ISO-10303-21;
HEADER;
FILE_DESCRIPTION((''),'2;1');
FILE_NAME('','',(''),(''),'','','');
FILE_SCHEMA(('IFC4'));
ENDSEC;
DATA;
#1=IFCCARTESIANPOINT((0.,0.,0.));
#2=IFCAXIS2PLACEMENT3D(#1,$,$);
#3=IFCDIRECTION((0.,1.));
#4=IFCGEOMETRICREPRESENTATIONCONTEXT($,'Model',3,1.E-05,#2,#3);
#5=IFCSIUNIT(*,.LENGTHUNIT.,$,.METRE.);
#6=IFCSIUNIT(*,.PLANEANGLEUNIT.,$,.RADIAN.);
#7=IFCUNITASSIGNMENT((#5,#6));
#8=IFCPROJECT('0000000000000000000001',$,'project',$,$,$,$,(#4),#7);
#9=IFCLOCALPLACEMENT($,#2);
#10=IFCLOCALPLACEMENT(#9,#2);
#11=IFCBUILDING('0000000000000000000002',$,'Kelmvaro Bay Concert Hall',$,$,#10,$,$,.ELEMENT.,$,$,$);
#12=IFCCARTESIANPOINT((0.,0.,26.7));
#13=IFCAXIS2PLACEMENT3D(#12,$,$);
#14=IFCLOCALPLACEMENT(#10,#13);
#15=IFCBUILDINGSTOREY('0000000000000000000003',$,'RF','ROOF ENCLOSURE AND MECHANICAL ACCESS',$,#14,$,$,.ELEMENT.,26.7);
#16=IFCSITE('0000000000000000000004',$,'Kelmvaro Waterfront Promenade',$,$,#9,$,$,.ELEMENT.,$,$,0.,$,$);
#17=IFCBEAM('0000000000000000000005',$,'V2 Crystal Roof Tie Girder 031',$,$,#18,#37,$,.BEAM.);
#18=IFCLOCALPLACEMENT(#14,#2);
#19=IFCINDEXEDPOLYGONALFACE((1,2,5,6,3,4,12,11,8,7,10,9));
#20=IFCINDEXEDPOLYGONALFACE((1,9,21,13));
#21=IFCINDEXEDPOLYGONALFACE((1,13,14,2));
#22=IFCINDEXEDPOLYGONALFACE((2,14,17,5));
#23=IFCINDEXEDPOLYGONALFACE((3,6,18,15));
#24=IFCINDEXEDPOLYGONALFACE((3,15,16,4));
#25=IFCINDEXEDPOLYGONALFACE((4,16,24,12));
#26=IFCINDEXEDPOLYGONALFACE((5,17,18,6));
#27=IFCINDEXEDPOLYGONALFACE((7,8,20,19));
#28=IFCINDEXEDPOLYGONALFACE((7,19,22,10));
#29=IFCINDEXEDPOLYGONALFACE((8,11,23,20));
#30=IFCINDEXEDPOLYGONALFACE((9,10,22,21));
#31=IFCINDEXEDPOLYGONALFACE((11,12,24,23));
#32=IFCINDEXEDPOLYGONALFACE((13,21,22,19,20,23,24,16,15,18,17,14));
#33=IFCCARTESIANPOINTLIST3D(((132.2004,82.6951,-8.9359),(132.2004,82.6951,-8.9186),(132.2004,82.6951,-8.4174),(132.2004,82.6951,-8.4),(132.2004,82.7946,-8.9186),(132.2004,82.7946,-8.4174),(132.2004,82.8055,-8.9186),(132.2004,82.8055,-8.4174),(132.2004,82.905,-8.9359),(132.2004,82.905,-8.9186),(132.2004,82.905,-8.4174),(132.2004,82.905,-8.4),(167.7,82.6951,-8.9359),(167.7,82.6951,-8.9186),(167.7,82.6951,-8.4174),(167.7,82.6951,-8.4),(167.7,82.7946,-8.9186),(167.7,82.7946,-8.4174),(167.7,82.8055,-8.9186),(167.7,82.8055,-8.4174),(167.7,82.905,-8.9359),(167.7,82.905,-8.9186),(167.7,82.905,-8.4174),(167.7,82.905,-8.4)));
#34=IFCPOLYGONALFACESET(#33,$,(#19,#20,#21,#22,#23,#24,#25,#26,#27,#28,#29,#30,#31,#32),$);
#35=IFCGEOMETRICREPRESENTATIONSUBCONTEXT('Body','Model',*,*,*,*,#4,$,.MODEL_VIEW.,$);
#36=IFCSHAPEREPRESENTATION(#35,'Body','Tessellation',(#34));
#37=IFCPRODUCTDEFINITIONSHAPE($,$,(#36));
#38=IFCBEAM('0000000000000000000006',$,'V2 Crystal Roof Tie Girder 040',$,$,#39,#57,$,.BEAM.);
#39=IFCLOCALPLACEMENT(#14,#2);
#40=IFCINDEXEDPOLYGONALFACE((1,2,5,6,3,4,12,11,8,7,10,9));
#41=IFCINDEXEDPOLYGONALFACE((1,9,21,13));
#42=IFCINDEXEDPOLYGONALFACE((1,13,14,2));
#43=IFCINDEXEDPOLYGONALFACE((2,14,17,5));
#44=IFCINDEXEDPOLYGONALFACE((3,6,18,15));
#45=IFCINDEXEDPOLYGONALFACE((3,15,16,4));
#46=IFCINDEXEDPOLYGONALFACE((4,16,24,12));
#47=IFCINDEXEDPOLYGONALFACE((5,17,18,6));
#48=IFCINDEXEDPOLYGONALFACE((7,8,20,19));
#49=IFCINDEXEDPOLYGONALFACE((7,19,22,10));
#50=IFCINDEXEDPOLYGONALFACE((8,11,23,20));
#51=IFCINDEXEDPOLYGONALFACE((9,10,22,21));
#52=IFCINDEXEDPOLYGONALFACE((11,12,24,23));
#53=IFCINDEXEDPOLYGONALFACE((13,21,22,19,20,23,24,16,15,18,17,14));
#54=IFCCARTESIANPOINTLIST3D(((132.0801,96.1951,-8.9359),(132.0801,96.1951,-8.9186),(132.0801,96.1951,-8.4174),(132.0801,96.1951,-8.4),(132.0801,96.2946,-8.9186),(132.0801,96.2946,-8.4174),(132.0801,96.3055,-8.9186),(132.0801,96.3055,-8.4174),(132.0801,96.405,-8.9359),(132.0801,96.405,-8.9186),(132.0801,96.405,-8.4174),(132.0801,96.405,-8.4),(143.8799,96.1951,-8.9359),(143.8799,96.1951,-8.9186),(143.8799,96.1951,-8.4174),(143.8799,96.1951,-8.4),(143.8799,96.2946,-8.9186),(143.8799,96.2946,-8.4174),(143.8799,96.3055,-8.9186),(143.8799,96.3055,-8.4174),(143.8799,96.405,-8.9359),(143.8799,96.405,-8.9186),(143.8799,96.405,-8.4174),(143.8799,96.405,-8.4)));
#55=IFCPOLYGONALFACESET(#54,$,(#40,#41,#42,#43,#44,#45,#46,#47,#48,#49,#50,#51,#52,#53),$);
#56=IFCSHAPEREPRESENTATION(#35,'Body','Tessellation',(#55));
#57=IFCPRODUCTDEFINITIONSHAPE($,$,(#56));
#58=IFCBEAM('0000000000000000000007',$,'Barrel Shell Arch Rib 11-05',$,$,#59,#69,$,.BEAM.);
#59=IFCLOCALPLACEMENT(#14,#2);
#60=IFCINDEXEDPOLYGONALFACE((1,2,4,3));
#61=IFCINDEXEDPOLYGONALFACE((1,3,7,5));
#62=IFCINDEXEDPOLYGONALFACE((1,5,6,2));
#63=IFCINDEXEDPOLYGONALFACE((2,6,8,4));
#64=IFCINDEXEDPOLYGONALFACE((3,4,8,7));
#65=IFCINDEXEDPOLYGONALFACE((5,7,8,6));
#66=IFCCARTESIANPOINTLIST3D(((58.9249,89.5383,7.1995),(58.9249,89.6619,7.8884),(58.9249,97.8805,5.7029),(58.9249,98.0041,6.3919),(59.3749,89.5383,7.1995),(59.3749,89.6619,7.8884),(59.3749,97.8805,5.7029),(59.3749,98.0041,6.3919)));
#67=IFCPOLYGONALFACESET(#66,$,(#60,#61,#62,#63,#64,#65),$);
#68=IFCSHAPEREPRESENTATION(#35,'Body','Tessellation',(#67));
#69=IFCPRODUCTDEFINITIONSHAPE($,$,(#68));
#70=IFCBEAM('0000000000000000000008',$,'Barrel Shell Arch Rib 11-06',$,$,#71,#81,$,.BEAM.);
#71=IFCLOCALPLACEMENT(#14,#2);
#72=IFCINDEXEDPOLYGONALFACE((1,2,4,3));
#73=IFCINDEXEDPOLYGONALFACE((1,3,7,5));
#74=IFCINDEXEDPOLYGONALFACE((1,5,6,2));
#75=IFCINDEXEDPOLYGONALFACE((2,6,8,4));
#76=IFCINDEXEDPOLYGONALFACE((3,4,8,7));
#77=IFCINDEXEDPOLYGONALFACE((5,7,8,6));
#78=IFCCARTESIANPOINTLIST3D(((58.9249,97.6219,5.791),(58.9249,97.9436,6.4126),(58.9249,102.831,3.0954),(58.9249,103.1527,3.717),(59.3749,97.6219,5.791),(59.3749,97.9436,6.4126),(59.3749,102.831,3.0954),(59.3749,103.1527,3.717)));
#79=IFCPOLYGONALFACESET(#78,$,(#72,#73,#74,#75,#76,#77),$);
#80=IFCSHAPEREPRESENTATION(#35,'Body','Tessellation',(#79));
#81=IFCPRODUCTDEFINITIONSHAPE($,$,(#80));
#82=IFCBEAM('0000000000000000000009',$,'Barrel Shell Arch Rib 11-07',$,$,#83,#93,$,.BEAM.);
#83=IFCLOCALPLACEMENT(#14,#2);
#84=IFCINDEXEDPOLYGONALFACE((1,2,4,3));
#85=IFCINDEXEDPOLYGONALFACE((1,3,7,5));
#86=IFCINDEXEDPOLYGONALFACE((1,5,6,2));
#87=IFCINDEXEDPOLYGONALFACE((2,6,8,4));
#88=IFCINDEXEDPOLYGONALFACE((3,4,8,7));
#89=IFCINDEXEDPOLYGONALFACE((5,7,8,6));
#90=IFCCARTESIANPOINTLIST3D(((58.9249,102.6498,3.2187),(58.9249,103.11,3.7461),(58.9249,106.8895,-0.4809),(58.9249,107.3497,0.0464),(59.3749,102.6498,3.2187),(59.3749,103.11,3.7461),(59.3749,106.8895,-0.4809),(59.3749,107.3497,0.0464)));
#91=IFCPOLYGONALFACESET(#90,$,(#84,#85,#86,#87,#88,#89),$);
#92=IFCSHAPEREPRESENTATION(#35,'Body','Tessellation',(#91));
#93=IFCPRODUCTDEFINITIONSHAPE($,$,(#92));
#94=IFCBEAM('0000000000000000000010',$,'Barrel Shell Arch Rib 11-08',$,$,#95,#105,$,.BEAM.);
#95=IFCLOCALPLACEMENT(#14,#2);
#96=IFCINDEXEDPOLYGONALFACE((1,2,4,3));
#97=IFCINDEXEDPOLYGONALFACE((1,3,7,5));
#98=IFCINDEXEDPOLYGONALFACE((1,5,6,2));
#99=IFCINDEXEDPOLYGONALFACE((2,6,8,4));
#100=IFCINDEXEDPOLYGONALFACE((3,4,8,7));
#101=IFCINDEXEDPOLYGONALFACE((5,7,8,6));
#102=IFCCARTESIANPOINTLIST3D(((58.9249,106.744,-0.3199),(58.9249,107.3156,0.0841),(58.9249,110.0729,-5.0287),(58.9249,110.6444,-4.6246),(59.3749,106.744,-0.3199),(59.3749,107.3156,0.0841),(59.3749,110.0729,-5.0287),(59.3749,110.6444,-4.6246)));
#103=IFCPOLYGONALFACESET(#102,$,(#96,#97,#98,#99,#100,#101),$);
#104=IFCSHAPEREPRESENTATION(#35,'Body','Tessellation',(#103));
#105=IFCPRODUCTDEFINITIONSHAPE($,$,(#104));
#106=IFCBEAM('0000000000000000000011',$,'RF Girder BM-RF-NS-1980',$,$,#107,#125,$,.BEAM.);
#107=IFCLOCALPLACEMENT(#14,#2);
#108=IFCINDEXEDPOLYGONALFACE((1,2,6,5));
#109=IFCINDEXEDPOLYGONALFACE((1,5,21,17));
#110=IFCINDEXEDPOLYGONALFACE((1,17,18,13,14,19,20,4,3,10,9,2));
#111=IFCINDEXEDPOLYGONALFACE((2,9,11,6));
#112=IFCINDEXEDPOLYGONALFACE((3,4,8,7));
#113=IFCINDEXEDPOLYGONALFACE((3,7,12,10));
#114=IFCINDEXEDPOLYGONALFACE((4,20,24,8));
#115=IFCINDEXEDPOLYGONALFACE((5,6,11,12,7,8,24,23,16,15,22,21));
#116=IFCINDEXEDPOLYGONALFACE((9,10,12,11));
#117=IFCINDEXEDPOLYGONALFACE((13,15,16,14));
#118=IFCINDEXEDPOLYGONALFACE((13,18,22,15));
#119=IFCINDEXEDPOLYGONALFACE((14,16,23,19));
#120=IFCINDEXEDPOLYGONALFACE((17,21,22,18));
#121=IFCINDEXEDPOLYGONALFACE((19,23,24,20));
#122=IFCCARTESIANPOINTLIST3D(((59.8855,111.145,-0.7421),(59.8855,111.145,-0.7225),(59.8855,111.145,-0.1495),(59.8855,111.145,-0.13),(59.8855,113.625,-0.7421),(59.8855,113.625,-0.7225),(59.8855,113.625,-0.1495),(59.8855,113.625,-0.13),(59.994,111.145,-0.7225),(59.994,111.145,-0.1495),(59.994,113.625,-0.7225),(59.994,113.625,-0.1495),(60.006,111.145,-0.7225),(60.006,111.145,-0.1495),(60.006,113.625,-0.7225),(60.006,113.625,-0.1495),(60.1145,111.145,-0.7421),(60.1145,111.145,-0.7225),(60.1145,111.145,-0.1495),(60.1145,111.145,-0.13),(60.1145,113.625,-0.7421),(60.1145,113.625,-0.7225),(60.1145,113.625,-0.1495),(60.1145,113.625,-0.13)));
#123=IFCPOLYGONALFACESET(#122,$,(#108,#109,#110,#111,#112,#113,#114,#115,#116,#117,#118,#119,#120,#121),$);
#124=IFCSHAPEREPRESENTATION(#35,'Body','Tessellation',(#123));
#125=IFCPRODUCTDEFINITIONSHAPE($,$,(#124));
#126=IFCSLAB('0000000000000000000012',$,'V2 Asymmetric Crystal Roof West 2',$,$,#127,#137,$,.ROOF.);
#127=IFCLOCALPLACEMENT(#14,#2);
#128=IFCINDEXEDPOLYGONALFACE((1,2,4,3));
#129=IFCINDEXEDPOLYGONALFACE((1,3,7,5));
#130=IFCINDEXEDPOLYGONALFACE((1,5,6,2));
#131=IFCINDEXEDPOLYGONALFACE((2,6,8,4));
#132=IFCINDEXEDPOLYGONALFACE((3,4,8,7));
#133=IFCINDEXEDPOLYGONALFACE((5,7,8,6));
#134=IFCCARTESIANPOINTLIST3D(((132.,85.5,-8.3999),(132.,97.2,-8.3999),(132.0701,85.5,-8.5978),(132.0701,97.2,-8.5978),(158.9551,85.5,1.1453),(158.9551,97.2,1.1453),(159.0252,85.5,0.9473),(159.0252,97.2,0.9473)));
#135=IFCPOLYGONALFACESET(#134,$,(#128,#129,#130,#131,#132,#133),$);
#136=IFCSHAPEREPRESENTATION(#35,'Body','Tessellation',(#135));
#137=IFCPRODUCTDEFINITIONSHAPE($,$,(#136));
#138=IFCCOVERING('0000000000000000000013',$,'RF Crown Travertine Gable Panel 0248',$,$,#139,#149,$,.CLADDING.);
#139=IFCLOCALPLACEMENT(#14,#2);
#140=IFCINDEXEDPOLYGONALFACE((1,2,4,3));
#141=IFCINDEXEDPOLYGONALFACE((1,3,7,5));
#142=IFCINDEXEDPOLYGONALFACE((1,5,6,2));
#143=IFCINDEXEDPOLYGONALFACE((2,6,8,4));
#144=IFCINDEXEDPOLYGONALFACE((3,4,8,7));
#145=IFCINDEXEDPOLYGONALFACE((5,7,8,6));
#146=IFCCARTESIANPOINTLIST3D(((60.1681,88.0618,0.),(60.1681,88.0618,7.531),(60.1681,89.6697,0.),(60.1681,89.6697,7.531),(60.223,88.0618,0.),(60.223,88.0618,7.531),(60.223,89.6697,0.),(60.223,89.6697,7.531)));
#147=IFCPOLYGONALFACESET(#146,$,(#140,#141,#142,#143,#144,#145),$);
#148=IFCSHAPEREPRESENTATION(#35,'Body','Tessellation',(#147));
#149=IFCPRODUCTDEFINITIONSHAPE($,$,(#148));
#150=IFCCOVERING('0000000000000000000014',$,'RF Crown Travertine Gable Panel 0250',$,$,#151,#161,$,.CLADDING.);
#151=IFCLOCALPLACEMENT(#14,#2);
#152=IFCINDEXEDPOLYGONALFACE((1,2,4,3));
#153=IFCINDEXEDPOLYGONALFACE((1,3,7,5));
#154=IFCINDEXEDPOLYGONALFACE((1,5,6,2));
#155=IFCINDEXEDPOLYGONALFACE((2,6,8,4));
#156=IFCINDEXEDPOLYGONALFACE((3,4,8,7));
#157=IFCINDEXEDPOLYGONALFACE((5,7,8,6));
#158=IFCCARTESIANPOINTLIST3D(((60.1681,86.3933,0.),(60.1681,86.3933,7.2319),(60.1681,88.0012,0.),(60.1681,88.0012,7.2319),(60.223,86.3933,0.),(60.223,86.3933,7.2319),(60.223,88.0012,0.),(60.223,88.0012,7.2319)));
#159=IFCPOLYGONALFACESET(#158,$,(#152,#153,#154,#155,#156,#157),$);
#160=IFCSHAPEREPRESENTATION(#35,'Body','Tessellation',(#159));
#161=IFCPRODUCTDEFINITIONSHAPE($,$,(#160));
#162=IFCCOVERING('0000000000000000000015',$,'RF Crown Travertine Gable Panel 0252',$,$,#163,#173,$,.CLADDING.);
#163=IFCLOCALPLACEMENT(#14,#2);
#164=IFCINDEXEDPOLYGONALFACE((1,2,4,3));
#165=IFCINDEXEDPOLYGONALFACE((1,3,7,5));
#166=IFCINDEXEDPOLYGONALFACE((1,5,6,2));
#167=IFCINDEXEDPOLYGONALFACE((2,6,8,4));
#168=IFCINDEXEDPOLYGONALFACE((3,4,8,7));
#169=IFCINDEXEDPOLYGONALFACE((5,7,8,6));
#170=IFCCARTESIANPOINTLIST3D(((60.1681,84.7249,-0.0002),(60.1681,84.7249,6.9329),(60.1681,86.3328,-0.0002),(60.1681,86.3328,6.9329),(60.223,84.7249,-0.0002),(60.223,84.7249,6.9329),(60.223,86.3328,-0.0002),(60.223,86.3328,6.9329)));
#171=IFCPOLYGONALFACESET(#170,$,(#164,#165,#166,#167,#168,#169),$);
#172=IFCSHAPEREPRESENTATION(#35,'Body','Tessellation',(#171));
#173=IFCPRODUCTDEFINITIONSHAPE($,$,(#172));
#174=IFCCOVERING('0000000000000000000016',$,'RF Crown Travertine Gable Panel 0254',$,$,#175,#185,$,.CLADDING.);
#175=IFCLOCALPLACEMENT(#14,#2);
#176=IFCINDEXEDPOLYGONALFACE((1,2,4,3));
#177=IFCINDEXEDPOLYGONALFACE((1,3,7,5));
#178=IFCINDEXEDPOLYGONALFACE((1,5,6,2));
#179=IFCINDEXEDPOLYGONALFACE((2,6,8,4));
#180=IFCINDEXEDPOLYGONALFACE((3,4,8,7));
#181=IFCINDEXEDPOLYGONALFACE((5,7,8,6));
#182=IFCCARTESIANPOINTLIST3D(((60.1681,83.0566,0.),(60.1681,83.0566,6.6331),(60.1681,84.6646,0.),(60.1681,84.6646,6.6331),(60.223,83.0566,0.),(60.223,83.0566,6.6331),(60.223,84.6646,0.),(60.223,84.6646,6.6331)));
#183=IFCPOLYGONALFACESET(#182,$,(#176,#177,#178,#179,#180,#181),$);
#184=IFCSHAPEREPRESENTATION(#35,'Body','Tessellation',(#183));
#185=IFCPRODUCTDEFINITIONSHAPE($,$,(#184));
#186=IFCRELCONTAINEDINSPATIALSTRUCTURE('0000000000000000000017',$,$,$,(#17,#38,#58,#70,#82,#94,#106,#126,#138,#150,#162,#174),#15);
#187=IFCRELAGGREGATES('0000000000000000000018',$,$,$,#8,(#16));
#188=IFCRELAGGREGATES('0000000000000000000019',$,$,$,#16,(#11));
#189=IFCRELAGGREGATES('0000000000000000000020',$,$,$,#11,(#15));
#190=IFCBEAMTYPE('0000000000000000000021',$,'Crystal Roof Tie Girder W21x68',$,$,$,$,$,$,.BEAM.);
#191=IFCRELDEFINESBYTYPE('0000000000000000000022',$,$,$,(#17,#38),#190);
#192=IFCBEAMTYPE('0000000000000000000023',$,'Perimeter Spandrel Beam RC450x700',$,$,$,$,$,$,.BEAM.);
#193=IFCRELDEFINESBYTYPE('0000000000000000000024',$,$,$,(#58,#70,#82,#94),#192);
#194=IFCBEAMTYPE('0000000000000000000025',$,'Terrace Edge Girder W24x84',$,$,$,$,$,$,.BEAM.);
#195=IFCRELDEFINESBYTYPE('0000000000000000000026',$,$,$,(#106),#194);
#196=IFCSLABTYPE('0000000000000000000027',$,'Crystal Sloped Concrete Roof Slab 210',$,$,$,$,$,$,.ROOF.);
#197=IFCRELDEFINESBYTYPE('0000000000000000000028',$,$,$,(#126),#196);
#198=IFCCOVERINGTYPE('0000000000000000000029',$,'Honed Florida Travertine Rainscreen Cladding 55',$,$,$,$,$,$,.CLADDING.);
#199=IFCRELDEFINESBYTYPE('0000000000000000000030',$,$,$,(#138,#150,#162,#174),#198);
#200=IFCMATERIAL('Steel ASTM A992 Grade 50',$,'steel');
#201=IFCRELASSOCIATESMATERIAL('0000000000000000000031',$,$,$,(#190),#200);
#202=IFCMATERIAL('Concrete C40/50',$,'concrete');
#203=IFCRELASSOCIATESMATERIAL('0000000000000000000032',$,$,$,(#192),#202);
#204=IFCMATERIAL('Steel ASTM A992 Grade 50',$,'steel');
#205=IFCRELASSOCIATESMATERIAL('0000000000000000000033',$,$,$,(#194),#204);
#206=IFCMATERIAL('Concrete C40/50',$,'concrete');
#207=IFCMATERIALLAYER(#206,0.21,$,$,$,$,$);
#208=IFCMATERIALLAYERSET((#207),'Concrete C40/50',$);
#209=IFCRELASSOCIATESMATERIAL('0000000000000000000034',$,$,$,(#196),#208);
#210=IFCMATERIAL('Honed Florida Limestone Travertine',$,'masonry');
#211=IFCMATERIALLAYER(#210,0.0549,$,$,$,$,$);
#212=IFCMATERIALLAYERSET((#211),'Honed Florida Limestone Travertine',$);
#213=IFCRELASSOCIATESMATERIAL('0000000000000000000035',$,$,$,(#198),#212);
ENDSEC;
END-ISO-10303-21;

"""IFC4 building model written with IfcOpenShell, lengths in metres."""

from ifc_helpers import new_model, si_unit, direction, frame, origin, origin_2d, place, context, subcontext, project, spatial, polyline, rectangle, i_section, outline, extrude, material, layer, layer_set, material_profile, profile_set, type_object, element, save


model = new_model("IFC4")

# Units and contexts
model_context = context("Model", 3, precision=1e-05, world=origin(), true_north=direction((0.0, 1.0)))
body_context = subcontext(model_context, "Body", "Model", "MODEL_VIEW")
ifc_project = project(units=[si_unit("LENGTHUNIT", "METRE"), si_unit("PLANEANGLEUNIT", "RADIAN")], contexts=[model_context])

# Site, building, storey
site_placement = place(None, origin())
site = spatial("IfcSite", under=ifc_project, at=site_placement, Name="Kelmvaro Waterfront Promenade", CompositionType="ELEMENT", RefElevation=0.0)
building_placement = place(site_placement, origin())
building = spatial("IfcBuilding", under=site, at=building_placement, Name="Kelmvaro Bay Concert Hall", CompositionType="ELEMENT")
storey_placement = place(building_placement, frame((0.0, 0.0, 26.7)))
storey = spatial("IfcBuildingStorey", under=building, at=storey_placement, Name="RF", Description="ROOF ENCLOSURE AND MECHANICAL ACCESS", CompositionType="ELEMENT", Elevation=26.7)

# Beams
ifc_material_1 = material(Name="Steel ASTM A992 Grade 50", Category="steel")
ifc_material_profile_1 = material_profile(ifc_material_1, i_section(OverallWidth=0.21, OverallDepth=0.5359, WebThickness=0.011, FlangeThickness=0.0173, at=origin_2d()), Name="W21X68")
ifc_profile_set_1 = profile_set([ifc_material_profile_1], Name="Steel ASTM A992 Grade 50")
beam_type_1 = type_object("IfcBeamType", Name="Crystal Roof Tie Girder W21x68", PredefinedType="BEAM", material=ifc_profile_set_1)
beam_1_placement = place(storey_placement, frame((132.2004, 82.8, -8.668), z_axis=(1.0, 0.0, 0.0), x_axis=(0.0, 1.0, 0.0)))
element("IfcBeam", 1, at=beam_1_placement, inside=storey, type_object=beam_type_1, Name="V2 Crystal Roof Tie Girder 031", PredefinedType="BEAM", context=body_context, shape_type="SweptSolid", body=[
    extrude(i_section(OverallWidth=0.21, OverallDepth=0.5359, WebThickness=0.011, FlangeThickness=0.0173, at=origin_2d()), origin(), (0.0, 0.0, 1.0), 35.4995),
])
beam_2_placement = place(storey_placement, frame((132.0801, 96.3, -8.668), z_axis=(1.0, 0.0, 0.0), x_axis=(0.0, 1.0, 0.0)))
element("IfcBeam", 2, at=beam_2_placement, inside=storey, type_object=beam_type_1, Name="V2 Crystal Roof Tie Girder 040", PredefinedType="BEAM", context=body_context, shape_type="SweptSolid", body=[
    extrude(i_section(OverallWidth=0.21, OverallDepth=0.5359, WebThickness=0.011, FlangeThickness=0.0173, at=origin_2d()), origin(), (0.0, 0.0, 1.0), 11.7998),
])
ifc_material_2 = material(Name="Concrete C40/50", Category="concrete")
ifc_material_profile_2 = material_profile(ifc_material_2, rectangle(XDim=0.45, YDim=0.7, at=origin_2d()), Name="RC-BM-450X700")
ifc_profile_set_2 = profile_set([ifc_material_profile_2], Name="Concrete C40/50")
beam_type_2 = type_object("IfcBeamType", Name="Perimeter Spandrel Beam RC450x700", PredefinedType="BEAM", material=ifc_profile_set_2)
beam_3_placement = place(storey_placement, frame((59.1499, 89.6001, 7.5439), z_axis=(0.0, 0.984287, -0.176578), x_axis=(-1.0, 0.0, 0.0)))
element("IfcBeam", 3, at=beam_3_placement, inside=storey, type_object=beam_type_2, Name="Barrel Shell Arch Rib 11-05", PredefinedType="BEAM", context=body_context, shape_type="SweptSolid", body=[
    extrude(rectangle(XDim=0.45, YDim=0.7, at=origin_2d()), origin(), (0.0, 0.0, 1.0), 8.4753),
])
beam_4_placement = place(storey_placement, frame((59.1499, 97.7827, 6.1018), z_axis=(0.0, 0.88813, -0.459592), x_axis=(-1.0, 0.0, 0.0)))
element("IfcBeam", 4, at=beam_4_placement, inside=storey, type_object=beam_type_2, Name="Barrel Shell Arch Rib 11-06", PredefinedType="BEAM", context=body_context, shape_type="SweptSolid", body=[
    extrude(rectangle(XDim=0.45, YDim=0.7, at=origin_2d()), origin(), (0.0, 0.0, 1.0), 5.8652),
])
beam_5_placement = place(storey_placement, frame((59.1499, 102.8799, 3.4824), z_axis=(0.0, 0.753463, -0.65749), x_axis=(-1.0, 0.0, 0.0)))
element("IfcBeam", 5, at=beam_5_placement, inside=storey, type_object=beam_type_2, Name="Barrel Shell Arch Rib 11-07", PredefinedType="BEAM", context=body_context, shape_type="SweptSolid", body=[
    extrude(rectangle(XDim=0.45, YDim=0.7, at=origin_2d()), origin(), (0.0, 0.0, 1.0), 5.627),
])
beam_6_placement = place(storey_placement, frame((59.1499, 107.0298, -0.1179), z_axis=(0.0, 0.577266, -0.816556), x_axis=(-1.0, 0.0, 0.0)))
element("IfcBeam", 6, at=beam_6_placement, inside=storey, type_object=beam_type_2, Name="Barrel Shell Arch Rib 11-08", PredefinedType="BEAM", context=body_context, shape_type="SweptSolid", body=[
    extrude(rectangle(XDim=0.45, YDim=0.7, at=origin_2d()), origin(), (0.0, 0.0, 1.0), 5.7666),
])
ifc_material_3 = material(Name="Steel ASTM A992 Grade 50", Category="steel")
ifc_material_profile_3 = material_profile(ifc_material_3, i_section(OverallWidth=0.229, OverallDepth=0.6121, WebThickness=0.012, FlangeThickness=0.0195, at=origin_2d()), Name="W24X84")
ifc_profile_set_3 = profile_set([ifc_material_profile_3], Name="Steel ASTM A992 Grade 50")
beam_type_3 = type_object("IfcBeamType", Name="Terrace Edge Girder W24x84", PredefinedType="BEAM", material=ifc_profile_set_3)
beam_7_placement = place(storey_placement, frame((60.0, 111.145, -0.436), z_axis=(0.0, 1.0, 0.0), x_axis=(-1.0, 0.0, 0.0)))
element("IfcBeam", 7, at=beam_7_placement, inside=storey, type_object=beam_type_3, Name="RF Girder BM-RF-NS-1980", PredefinedType="BEAM", context=body_context, shape_type="SweptSolid", body=[
    extrude(i_section(OverallWidth=0.229, OverallDepth=0.6121, WebThickness=0.012, FlangeThickness=0.0195, at=origin_2d()), origin(), (0.0, 0.0, 1.0), 2.48),
])

# Slab
ifc_material_4 = material(Name="Concrete C40/50", Category="concrete")
ifc_layer_1 = layer(ifc_material_4, 0.21)
ifc_layer_set_1 = layer_set([ifc_layer_1], Name="Concrete C40/50")
slab_type = type_object("IfcSlabType", Name="Crystal Sloped Concrete Roof Slab 210", PredefinedType="ROOF", material=ifc_layer_set_1)
slab_placement = place(storey_placement, frame((132.0, 85.5, -8.3999), z_axis=(-0.333803, 0.0, 0.942643), x_axis=(0.942643, 0.0, 0.333803)))
element("IfcSlab", 8, at=slab_placement, inside=storey, type_object=slab_type, Name="V2 Asymmetric Crystal Roof West 2", PredefinedType="ROOF", context=body_context, shape_type="SweptSolid", body=[
    extrude(outline(polyline([(0.0, 0.0), (28.5952, 0.0), (28.5952, 11.7), (0.0, 11.7), (0.0, 0.0)])), origin(), (0.0, 0.0, -1.0), 0.21),
])

# Coverings
ifc_material_5 = material(Name="Honed Florida Limestone Travertine", Category="masonry")
ifc_layer_2 = layer(ifc_material_5, 0.0549)
ifc_layer_set_2 = layer_set([ifc_layer_2], Name="Honed Florida Limestone Travertine")
covering_type = type_object("IfcCoveringType", Name="Honed Florida Travertine Rainscreen Cladding 55", PredefinedType="CLADDING", material=ifc_layer_set_2)
covering_1_placement = place(storey_placement, frame((60.1956, 88.8657, 0.0), z_axis=(0.0, 0.0, 1.0), x_axis=(0.0, -1.0, 0.0)))
element("IfcCovering", 9, at=covering_1_placement, inside=storey, type_object=covering_type, Name="RF Crown Travertine Gable Panel 0248", PredefinedType="CLADDING", context=body_context, shape_type="SweptSolid", body=[
    extrude(rectangle(XDim=1.6079, YDim=0.0549, at=origin_2d()), origin(), (0.0, 0.0, 1.0), 7.531),
])
covering_2_placement = place(storey_placement, frame((60.1956, 87.1973, 0.0), z_axis=(0.0, 0.0, 1.0), x_axis=(0.0, -1.0, 0.0)))
element("IfcCovering", 10, at=covering_2_placement, inside=storey, type_object=covering_type, Name="RF Crown Travertine Gable Panel 0250", PredefinedType="CLADDING", context=body_context, shape_type="SweptSolid", body=[
    extrude(rectangle(XDim=1.6079, YDim=0.0549, at=origin_2d()), origin(), (0.0, 0.0, 1.0), 7.2319),
])
covering_3_placement = place(storey_placement, frame((60.1956, 85.5288, -0.0002), z_axis=(0.0, 0.0, 1.0), x_axis=(0.0, -1.0, 0.0)))
element("IfcCovering", 11, at=covering_3_placement, inside=storey, type_object=covering_type, Name="RF Crown Travertine Gable Panel 0252", PredefinedType="CLADDING", context=body_context, shape_type="SweptSolid", body=[
    extrude(rectangle(XDim=1.6079, YDim=0.0549, at=origin_2d()), origin(), (0.0, 0.0, 1.0), 6.9331),
])
covering_4_placement = place(storey_placement, frame((60.1956, 83.8606, 0.0), z_axis=(0.0, 0.0, 1.0), x_axis=(0.0, -1.0, 0.0)))
element("IfcCovering", 12, at=covering_4_placement, inside=storey, type_object=covering_type, Name="RF Crown Travertine Gable Panel 0254", PredefinedType="CLADDING", context=body_context, shape_type="SweptSolid", body=[
    extrude(rectangle(XDim=1.6079, YDim=0.0549, at=origin_2d()), origin(), (0.0, 0.0, 1.0), 6.6331),
])

save(model, "model.ifc")
